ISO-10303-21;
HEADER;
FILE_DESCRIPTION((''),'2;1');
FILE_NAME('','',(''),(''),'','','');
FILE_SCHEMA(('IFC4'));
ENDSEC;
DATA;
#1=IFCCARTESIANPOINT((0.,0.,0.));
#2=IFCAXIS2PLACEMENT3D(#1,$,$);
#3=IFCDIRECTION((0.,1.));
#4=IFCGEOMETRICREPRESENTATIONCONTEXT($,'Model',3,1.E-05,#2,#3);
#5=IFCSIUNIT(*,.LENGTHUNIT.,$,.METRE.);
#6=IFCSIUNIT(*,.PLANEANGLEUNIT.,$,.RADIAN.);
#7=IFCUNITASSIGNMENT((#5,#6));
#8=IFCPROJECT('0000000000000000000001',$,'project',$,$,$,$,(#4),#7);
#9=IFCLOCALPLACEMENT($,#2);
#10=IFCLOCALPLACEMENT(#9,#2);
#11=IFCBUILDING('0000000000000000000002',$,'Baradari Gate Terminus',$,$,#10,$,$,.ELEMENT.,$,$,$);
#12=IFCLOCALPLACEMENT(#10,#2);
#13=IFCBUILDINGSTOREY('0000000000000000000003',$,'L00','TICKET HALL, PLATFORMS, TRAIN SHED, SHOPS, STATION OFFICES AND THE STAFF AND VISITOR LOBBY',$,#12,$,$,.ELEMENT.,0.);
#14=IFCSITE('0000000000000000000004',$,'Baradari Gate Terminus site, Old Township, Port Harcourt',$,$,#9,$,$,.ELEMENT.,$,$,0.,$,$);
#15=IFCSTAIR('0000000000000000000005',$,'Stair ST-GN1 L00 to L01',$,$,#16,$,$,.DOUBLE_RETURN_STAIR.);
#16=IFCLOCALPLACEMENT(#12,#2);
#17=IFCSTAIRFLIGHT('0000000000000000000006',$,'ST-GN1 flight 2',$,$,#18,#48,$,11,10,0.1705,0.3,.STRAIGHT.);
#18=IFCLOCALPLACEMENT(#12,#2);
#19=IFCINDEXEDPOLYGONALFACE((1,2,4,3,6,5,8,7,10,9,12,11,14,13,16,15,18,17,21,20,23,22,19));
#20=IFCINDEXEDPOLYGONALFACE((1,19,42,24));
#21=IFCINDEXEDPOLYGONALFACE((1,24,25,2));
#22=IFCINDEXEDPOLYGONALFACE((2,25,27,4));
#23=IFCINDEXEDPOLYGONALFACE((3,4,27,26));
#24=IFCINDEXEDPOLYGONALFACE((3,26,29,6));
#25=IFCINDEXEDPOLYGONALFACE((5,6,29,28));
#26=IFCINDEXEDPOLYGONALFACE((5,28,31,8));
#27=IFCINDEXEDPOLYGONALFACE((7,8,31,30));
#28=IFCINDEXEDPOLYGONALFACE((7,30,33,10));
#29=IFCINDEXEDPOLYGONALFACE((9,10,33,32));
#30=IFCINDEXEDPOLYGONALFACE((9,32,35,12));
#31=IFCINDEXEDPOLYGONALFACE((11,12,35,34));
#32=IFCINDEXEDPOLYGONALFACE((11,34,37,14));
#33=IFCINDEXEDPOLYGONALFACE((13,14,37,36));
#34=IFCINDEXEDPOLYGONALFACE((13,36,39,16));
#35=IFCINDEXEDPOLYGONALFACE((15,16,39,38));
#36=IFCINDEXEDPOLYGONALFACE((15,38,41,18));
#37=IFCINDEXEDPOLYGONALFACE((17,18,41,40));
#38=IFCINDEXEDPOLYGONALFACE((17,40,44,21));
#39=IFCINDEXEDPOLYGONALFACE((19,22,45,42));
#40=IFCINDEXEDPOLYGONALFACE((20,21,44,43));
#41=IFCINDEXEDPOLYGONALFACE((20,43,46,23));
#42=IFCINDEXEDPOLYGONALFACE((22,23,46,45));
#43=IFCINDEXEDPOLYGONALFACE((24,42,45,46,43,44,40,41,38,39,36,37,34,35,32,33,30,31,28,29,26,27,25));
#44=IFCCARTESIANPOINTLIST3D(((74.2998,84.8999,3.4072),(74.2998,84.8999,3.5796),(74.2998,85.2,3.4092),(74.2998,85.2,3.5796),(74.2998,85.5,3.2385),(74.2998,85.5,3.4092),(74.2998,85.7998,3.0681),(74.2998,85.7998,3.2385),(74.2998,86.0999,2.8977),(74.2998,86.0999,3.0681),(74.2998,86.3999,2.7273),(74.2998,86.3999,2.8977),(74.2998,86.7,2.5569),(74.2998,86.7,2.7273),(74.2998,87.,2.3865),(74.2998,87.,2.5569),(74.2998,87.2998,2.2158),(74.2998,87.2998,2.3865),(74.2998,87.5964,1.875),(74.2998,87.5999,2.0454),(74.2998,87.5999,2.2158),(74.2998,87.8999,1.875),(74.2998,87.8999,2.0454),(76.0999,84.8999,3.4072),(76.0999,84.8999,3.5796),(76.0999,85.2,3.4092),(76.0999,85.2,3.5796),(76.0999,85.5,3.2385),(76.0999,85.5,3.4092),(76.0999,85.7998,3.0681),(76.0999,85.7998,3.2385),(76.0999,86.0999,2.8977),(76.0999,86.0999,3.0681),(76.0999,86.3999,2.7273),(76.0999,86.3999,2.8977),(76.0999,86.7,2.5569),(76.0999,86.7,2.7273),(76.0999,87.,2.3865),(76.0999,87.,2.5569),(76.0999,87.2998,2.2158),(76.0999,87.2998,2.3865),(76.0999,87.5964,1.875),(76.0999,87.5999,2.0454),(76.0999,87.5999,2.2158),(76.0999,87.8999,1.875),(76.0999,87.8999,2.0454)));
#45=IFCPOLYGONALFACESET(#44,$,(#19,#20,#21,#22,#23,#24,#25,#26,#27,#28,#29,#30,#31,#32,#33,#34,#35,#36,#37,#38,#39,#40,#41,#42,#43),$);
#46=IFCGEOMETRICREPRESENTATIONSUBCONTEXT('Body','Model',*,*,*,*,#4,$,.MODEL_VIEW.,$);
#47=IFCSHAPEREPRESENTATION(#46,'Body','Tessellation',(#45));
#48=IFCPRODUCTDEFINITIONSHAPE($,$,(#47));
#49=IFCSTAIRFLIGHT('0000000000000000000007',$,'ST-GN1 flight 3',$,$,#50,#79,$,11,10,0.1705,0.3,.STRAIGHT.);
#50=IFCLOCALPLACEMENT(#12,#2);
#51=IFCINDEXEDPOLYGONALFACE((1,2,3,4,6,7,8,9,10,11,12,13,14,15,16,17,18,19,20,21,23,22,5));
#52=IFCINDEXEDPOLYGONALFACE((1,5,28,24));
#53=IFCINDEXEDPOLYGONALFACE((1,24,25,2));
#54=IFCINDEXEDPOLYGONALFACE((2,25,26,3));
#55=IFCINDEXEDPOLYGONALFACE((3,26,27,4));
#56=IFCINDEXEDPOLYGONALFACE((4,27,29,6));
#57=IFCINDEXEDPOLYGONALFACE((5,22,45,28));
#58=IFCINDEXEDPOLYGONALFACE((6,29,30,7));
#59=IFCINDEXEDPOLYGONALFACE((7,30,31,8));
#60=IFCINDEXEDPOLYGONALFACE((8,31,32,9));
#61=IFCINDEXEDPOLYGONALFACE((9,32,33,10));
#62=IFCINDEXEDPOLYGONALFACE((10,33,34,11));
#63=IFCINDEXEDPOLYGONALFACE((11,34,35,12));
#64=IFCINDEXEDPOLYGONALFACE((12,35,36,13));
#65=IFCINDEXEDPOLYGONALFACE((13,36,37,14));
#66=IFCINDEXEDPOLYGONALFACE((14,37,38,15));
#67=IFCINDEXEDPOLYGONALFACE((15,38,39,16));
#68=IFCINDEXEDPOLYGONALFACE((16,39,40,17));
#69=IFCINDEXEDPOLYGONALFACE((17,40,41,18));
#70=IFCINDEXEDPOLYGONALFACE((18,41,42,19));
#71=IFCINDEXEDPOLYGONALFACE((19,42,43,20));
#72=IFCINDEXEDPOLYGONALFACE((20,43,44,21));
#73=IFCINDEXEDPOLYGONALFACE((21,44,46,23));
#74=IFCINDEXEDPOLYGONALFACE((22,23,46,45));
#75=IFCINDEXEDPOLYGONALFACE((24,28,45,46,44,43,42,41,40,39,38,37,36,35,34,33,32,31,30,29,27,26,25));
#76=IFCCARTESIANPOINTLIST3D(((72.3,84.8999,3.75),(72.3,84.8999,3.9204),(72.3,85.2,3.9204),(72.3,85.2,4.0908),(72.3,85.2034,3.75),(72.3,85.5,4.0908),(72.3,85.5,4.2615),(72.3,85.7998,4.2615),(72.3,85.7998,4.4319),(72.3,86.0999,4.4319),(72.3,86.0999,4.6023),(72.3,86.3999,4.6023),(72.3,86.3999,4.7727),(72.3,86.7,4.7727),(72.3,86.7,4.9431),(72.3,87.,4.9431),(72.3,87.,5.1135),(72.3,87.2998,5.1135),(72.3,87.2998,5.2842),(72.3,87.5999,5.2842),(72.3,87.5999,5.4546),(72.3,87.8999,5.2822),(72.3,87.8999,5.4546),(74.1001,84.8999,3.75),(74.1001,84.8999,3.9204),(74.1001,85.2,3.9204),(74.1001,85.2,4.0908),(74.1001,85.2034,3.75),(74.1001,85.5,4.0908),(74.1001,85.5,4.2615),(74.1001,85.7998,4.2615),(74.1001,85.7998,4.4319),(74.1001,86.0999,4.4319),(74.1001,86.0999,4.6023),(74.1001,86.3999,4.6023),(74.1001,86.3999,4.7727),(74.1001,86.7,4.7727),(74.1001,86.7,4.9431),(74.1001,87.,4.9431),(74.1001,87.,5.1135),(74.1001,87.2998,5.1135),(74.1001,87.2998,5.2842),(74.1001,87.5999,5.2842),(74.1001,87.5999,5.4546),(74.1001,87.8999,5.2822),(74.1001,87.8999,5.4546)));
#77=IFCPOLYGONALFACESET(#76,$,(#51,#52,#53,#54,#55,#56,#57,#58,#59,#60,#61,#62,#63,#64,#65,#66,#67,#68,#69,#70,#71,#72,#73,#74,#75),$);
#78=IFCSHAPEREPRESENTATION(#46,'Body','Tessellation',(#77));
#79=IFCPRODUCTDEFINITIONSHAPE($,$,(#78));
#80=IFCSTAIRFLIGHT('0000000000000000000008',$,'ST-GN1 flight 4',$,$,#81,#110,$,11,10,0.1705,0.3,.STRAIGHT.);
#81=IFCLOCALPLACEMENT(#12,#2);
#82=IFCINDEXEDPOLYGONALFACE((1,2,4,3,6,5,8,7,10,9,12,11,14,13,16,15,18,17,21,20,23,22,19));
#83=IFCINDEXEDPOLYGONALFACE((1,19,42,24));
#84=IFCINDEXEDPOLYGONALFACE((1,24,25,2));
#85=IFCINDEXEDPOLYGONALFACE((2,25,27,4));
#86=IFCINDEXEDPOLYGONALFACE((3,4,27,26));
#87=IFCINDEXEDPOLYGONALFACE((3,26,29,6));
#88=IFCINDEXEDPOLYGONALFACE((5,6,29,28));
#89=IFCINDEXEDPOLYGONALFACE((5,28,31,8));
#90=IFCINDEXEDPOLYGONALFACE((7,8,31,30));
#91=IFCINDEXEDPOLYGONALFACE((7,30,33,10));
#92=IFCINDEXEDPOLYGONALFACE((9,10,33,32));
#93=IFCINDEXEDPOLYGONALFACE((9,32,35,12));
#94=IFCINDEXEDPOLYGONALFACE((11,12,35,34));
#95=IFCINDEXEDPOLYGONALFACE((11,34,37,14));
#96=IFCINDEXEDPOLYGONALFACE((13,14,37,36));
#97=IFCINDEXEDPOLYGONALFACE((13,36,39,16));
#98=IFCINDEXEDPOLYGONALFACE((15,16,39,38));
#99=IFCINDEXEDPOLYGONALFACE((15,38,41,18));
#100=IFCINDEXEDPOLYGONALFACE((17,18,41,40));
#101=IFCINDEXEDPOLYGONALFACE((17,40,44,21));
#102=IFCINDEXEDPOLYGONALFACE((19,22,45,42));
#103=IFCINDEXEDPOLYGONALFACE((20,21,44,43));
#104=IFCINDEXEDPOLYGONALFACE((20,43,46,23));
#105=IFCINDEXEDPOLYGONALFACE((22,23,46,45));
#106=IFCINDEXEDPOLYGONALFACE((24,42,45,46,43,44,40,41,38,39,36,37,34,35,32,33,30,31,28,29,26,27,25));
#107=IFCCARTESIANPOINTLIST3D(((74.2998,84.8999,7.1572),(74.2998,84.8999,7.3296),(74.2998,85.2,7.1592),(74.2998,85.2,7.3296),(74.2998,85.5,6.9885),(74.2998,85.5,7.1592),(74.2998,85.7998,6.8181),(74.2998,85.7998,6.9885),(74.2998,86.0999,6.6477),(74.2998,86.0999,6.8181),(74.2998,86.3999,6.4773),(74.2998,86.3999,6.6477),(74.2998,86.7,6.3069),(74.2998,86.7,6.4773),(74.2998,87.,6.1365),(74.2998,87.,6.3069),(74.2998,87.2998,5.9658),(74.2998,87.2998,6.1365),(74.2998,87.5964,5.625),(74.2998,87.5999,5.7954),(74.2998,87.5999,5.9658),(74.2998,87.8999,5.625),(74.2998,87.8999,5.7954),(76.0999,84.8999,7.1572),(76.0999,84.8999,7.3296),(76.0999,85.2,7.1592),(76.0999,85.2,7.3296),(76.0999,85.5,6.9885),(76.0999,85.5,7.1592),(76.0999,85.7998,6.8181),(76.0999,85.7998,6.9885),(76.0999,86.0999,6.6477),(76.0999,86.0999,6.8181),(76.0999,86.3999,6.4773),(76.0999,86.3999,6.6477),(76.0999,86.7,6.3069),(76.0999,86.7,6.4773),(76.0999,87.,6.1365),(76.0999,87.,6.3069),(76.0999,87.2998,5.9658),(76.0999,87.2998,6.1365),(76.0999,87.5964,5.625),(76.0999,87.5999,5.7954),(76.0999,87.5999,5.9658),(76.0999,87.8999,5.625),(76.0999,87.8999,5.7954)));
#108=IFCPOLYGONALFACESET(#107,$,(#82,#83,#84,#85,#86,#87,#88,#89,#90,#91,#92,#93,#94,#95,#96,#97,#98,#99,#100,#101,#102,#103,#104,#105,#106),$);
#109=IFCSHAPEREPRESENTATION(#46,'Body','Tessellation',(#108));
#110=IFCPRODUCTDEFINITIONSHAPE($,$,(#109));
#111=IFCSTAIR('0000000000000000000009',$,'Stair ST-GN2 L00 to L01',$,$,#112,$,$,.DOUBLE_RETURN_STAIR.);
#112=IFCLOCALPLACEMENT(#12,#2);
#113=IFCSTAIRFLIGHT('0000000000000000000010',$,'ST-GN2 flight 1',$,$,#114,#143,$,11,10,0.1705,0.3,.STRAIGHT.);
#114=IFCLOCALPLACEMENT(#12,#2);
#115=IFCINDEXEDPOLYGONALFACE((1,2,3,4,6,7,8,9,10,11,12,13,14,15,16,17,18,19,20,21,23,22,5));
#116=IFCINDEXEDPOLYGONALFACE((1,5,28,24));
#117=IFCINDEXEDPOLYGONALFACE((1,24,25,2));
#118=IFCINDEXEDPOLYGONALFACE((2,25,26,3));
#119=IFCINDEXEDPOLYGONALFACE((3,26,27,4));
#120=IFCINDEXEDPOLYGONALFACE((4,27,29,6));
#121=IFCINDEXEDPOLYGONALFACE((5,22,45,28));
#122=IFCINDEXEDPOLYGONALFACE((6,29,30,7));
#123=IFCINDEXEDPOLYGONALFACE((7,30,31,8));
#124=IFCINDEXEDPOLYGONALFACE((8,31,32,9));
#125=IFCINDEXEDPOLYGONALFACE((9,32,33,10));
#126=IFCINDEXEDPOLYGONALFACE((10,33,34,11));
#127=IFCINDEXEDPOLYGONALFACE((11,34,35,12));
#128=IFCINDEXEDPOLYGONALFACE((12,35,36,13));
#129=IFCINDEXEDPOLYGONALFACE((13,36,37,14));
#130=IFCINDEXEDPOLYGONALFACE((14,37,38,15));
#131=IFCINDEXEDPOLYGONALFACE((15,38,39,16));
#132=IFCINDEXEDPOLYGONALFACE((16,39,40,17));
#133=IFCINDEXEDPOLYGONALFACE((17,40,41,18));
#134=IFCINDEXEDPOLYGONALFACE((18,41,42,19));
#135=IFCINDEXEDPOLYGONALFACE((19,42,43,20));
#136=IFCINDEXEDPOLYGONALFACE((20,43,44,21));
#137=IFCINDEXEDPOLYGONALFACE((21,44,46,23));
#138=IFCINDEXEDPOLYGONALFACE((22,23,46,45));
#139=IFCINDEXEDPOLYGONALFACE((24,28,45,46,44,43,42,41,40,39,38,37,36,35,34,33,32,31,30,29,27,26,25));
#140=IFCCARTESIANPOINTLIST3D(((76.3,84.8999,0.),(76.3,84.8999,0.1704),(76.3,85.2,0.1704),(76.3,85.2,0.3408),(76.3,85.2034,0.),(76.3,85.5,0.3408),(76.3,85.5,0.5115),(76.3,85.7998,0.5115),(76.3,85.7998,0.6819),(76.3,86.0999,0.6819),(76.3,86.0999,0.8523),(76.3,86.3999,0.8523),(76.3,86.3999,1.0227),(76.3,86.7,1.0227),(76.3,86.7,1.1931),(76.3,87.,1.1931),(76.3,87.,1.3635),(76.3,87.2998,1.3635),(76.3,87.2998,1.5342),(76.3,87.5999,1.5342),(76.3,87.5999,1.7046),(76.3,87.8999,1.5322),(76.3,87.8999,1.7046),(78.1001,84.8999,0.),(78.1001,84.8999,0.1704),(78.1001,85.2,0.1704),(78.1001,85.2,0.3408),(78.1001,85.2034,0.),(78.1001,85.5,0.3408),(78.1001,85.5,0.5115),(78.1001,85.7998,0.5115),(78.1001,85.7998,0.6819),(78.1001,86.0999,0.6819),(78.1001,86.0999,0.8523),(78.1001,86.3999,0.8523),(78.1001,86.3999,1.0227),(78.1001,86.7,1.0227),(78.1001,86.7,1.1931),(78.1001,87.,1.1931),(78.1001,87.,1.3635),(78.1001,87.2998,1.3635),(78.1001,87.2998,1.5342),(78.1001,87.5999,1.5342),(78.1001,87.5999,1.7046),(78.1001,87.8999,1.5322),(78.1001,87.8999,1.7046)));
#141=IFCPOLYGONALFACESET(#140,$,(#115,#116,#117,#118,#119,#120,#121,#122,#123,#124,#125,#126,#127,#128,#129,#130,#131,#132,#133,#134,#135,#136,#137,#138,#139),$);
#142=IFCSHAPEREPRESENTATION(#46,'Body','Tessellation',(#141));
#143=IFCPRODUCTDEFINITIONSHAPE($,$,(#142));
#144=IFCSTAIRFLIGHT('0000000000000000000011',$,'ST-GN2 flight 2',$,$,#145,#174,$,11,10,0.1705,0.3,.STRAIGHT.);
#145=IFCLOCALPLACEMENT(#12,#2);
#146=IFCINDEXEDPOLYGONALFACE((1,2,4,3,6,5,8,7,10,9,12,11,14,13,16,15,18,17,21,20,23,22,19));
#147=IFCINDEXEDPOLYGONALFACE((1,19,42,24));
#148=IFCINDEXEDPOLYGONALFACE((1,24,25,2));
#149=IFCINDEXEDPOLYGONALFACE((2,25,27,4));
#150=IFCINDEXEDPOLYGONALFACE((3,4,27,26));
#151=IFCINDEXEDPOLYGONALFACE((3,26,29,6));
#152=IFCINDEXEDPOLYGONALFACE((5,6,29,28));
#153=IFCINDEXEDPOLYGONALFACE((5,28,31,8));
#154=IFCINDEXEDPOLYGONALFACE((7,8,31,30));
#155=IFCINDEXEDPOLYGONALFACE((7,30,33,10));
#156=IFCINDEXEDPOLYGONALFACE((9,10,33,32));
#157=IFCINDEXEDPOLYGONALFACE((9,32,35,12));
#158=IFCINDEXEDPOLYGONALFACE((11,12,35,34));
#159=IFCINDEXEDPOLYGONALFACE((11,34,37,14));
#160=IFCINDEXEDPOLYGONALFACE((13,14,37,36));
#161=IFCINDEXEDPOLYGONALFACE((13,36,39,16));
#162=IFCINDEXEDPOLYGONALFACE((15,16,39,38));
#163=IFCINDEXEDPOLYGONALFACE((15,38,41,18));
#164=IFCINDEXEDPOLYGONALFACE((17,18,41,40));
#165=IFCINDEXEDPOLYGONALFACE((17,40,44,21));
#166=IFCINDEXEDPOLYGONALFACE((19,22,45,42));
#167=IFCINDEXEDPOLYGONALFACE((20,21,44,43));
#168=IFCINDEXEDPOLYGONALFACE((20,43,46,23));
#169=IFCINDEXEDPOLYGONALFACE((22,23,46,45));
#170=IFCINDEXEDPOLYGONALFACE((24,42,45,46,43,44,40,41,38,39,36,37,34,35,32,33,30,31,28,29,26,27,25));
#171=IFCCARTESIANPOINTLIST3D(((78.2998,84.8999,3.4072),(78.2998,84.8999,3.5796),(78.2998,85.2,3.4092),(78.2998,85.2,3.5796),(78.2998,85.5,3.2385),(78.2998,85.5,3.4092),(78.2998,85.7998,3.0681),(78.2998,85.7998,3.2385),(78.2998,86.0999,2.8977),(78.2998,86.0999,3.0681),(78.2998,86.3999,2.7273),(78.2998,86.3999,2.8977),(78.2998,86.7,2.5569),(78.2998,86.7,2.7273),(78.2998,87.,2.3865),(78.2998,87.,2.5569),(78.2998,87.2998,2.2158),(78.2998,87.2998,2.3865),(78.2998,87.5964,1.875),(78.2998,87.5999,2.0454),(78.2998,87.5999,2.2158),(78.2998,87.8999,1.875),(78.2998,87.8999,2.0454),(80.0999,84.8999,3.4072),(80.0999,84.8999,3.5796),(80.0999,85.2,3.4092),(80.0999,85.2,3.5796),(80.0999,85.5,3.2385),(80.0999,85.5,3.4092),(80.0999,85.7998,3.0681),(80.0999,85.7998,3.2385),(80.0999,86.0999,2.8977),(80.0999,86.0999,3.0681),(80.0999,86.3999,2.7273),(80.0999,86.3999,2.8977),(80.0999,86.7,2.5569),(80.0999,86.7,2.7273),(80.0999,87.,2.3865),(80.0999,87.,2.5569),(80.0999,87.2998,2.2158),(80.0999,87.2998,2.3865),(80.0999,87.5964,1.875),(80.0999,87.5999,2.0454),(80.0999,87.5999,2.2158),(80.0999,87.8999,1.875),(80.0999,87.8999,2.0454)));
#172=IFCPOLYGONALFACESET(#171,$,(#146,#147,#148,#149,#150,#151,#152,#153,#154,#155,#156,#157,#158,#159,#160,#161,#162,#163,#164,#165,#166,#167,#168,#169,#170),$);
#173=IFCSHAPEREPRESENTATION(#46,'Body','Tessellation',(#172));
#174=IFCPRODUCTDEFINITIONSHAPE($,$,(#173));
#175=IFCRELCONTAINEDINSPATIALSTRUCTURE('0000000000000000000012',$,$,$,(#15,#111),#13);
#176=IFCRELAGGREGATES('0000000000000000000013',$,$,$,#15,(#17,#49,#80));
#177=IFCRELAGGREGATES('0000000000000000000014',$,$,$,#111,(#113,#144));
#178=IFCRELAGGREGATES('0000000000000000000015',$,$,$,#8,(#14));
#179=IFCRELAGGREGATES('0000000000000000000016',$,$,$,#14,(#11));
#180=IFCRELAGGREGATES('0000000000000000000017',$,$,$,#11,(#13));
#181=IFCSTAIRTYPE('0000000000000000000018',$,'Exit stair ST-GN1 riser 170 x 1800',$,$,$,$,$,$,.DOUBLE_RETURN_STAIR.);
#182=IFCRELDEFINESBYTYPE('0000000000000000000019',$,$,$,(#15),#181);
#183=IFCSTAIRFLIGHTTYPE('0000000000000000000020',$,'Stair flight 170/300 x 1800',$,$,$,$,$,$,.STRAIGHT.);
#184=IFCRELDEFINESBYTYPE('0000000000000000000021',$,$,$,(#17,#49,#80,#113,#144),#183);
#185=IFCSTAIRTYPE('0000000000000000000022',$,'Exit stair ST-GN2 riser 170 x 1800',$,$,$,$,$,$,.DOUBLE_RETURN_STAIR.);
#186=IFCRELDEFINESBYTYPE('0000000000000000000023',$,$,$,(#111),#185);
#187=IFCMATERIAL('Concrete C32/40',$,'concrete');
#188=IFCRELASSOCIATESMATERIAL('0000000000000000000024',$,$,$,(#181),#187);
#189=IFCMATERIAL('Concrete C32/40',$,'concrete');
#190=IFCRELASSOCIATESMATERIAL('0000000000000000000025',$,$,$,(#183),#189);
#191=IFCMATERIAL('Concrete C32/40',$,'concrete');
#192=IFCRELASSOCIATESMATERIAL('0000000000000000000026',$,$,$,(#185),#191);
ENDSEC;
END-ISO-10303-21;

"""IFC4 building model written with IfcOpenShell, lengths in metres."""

from ifc_helpers import new_model, si_unit, direction, frame, origin, place, context, subcontext, project, spatial, polyline, outline, extrude, material, type_object, element, aggregate, save


model = new_model("IFC4")

# Units and contexts
model_context = context("Model", 3, precision=1e-05, world=origin(), true_north=direction((0.0, 1.0)))
body_context = subcontext(model_context, "Body", "Model", "MODEL_VIEW")
ifc_project = project(units=[si_unit("LENGTHUNIT", "METRE"), si_unit("PLANEANGLEUNIT", "RADIAN")], contexts=[model_context])

# Site, building, storey
site_placement = place(None, origin())
site = spatial("IfcSite", under=ifc_project, at=site_placement, Name="Baradari Gate Terminus site, Old Township, Port Harcourt", CompositionType="ELEMENT", RefElevation=0.0)
building_placement = place(site_placement, origin())
building = spatial("IfcBuilding", under=site, at=building_placement, Name="Baradari Gate Terminus", CompositionType="ELEMENT")
storey_placement = place(building_placement, origin())
storey = spatial("IfcBuildingStorey", under=building, at=storey_placement, Name="L00", Description="TICKET HALL, PLATFORMS, TRAIN SHED, SHOPS, STATION OFFICES AND THE STAFF AND VISITOR LOBBY", CompositionType="ELEMENT", Elevation=0.0)

# Stairs, stair flights
ifc_material_1 = material(Name="Concrete C32/40", Category="concrete")
stair_type_1 = type_object("IfcStairType", Name="Exit stair ST-GN1 riser 170 x 1800", PredefinedType="DOUBLE_RETURN_STAIR", material=ifc_material_1)
stair_1_placement = place(storey_placement, origin())
stair_1 = element("IfcStair", 1, at=stair_1_placement, inside=storey, type_object=stair_type_1, Name="Stair ST-GN1 L00 to L01", PredefinedType="DOUBLE_RETURN_STAIR")
ifc_material_2 = material(Name="Concrete C32/40", Category="concrete")
stair_flight_type = type_object("IfcStairFlightType", Name="Stair flight 170/300 x 1800", PredefinedType="STRAIGHT", material=ifc_material_2)
stair_flight_1_placement = place(storey_placement, frame((75.2, 87.8999, 1.875), z_axis=(0.0, 0.0, 1.0), x_axis=(0.0, -1.0, 0.0)))
stair_flight_1 = element("IfcStairFlight", 2, at=stair_flight_1_placement, type_object=stair_flight_type, Name="ST-GN1 flight 2", NumberOfRisers=11, NumberOfTreads=10, PredefinedType="STRAIGHT", RiserHeight=0.1705, TreadLength=0.3, context=body_context, shape_type="SweptSolid", body=[
    extrude(outline(polyline([(0.0, 0.0), (0.0, 0.1704), (0.3, 0.1704), (0.3, 0.3408), (0.6001, 0.3408), (0.6001, 0.5115), (0.8999, 0.5115), (0.8999, 0.6819), (1.2, 0.6819), (1.2, 0.8523), (1.5, 0.8523), (1.5, 1.0227), (1.8, 1.0227), (1.8, 1.1931), (2.1001, 1.1931), (2.1001, 1.3635), (2.3999, 1.3635), (2.3999, 1.5342), (2.7, 1.5342), (2.7, 1.7046), (3.0, 1.7046), (3.0, 1.875), (3.0, 1.5322), (0.3035, 0.0), (0.0, 0.0)])), frame((0.0, 0.8999, 0.0), z_axis=(0.0, -1.0, 0.0), x_axis=(1.0, 0.0, 0.0)), (0.0, 0.0, 1.0), 1.8),
])
stair_flight_2_placement = place(storey_placement, frame((73.2, 84.8999, 3.75), z_axis=(0.0, 0.0, 1.0), x_axis=(0.0, 1.0, 0.0)))
stair_flight_2 = element("IfcStairFlight", 3, at=stair_flight_2_placement, type_object=stair_flight_type, Name="ST-GN1 flight 3", NumberOfRisers=11, NumberOfTreads=10, PredefinedType="STRAIGHT", RiserHeight=0.1705, TreadLength=0.3, context=body_context, shape_type="SweptSolid", body=[
    extrude(outline(polyline([(0.0, 0.0), (0.0, 0.1704), (0.3, 0.1704), (0.3, 0.3408), (0.6001, 0.3408), (0.6001, 0.5115), (0.8999, 0.5115), (0.8999, 0.6819), (1.2, 0.6819), (1.2, 0.8523), (1.5, 0.8523), (1.5, 1.0227), (1.8, 1.0227), (1.8, 1.1931), (2.1001, 1.1931), (2.1001, 1.3635), (2.3999, 1.3635), (2.3999, 1.5342), (2.7, 1.5342), (2.7, 1.7046), (3.0, 1.7046), (3.0, 1.875), (3.0, 1.5322), (0.3035, 0.0), (0.0, 0.0)])), frame((0.0, 0.8999, 0.0), z_axis=(0.0, -1.0, 0.0), x_axis=(1.0, 0.0, 0.0)), (0.0, 0.0, 1.0), 1.8),
])
stair_flight_3_placement = place(storey_placement, frame((75.2, 87.8999, 5.625), z_axis=(0.0, 0.0, 1.0), x_axis=(0.0, -1.0, 0.0)))
stair_flight_3 = element("IfcStairFlight", 4, at=stair_flight_3_placement, type_object=stair_flight_type, Name="ST-GN1 flight 4", NumberOfRisers=11, NumberOfTreads=10, PredefinedType="STRAIGHT", RiserHeight=0.1705, TreadLength=0.3, context=body_context, shape_type="SweptSolid", body=[
    extrude(outline(polyline([(0.0, 0.0), (0.0, 0.1704), (0.3, 0.1704), (0.3, 0.3408), (0.6001, 0.3408), (0.6001, 0.5115), (0.8999, 0.5115), (0.8999, 0.6819), (1.2, 0.6819), (1.2, 0.8523), (1.5, 0.8523), (1.5, 1.0227), (1.8, 1.0227), (1.8, 1.1931), (2.1001, 1.1931), (2.1001, 1.3635), (2.3999, 1.3635), (2.3999, 1.5342), (2.7, 1.5342), (2.7, 1.7046), (3.0, 1.7046), (3.0, 1.875), (3.0, 1.5322), (0.3035, 0.0), (0.0, 0.0)])), frame((0.0, 0.8999, 0.0), z_axis=(0.0, -1.0, 0.0), x_axis=(1.0, 0.0, 0.0)), (0.0, 0.0, 1.0), 1.8),
])
aggregate(stair_1, [stair_flight_1, stair_flight_2, stair_flight_3])
ifc_material_3 = material(Name="Concrete C32/40", Category="concrete")
stair_type_2 = type_object("IfcStairType", Name="Exit stair ST-GN2 riser 170 x 1800", PredefinedType="DOUBLE_RETURN_STAIR", material=ifc_material_3)
stair_2_placement = place(storey_placement, origin())
stair_2 = element("IfcStair", 5, at=stair_2_placement, inside=storey, type_object=stair_type_2, Name="Stair ST-GN2 L00 to L01", PredefinedType="DOUBLE_RETURN_STAIR")
stair_flight_4_placement = place(storey_placement, frame((77.2, 84.8999, 0.0), z_axis=(0.0, 0.0, 1.0), x_axis=(0.0, 1.0, 0.0)))
stair_flight_4 = element("IfcStairFlight", 6, at=stair_flight_4_placement, type_object=stair_flight_type, Name="ST-GN2 flight 1", NumberOfRisers=11, NumberOfTreads=10, PredefinedType="STRAIGHT", RiserHeight=0.1705, TreadLength=0.3, context=body_context, shape_type="SweptSolid", body=[
    extrude(outline(polyline([(0.0, 0.0), (0.0, 0.1704), (0.3, 0.1704), (0.3, 0.3408), (0.6001, 0.3408), (0.6001, 0.5115), (0.8999, 0.5115), (0.8999, 0.6819), (1.2, 0.6819), (1.2, 0.8523), (1.5, 0.8523), (1.5, 1.0227), (1.8, 1.0227), (1.8, 1.1931), (2.1001, 1.1931), (2.1001, 1.3635), (2.3999, 1.3635), (2.3999, 1.5342), (2.7, 1.5342), (2.7, 1.7046), (3.0, 1.7046), (3.0, 1.875), (3.0, 1.5322), (0.3035, 0.0), (0.0, 0.0)])), frame((0.0, 0.8999, 0.0), z_axis=(0.0, -1.0, 0.0), x_axis=(1.0, 0.0, 0.0)), (0.0, 0.0, 1.0), 1.8),
])
stair_flight_5_placement = place(storey_placement, frame((79.2, 87.8999, 1.875), z_axis=(0.0, 0.0, 1.0), x_axis=(0.0, -1.0, 0.0)))
stair_flight_5 = element("IfcStairFlight", 7, at=stair_flight_5_placement, type_object=stair_flight_type, Name="ST-GN2 flight 2", NumberOfRisers=11, NumberOfTreads=10, PredefinedType="STRAIGHT", RiserHeight=0.1705, TreadLength=0.3, context=body_context, shape_type="SweptSolid", body=[
    extrude(outline(polyline([(0.0, 0.0), (0.0, 0.1704), (0.3, 0.1704), (0.3, 0.3408), (0.6001, 0.3408), (0.6001, 0.5115), (0.8999, 0.5115), (0.8999, 0.6819), (1.2, 0.6819), (1.2, 0.8523), (1.5, 0.8523), (1.5, 1.0227), (1.8, 1.0227), (1.8, 1.1931), (2.1001, 1.1931), (2.1001, 1.3635), (2.3999, 1.3635), (2.3999, 1.5342), (2.7, 1.5342), (2.7, 1.7046), (3.0, 1.7046), (3.0, 1.875), (3.0, 1.5322), (0.3035, 0.0), (0.0, 0.0)])), frame((0.0, 0.8999, 0.0), z_axis=(0.0, -1.0, 0.0), x_axis=(1.0, 0.0, 0.0)), (0.0, 0.0, 1.0), 1.8),
])
aggregate(stair_2, [stair_flight_4, stair_flight_5])

save(model, "model.ifc")
